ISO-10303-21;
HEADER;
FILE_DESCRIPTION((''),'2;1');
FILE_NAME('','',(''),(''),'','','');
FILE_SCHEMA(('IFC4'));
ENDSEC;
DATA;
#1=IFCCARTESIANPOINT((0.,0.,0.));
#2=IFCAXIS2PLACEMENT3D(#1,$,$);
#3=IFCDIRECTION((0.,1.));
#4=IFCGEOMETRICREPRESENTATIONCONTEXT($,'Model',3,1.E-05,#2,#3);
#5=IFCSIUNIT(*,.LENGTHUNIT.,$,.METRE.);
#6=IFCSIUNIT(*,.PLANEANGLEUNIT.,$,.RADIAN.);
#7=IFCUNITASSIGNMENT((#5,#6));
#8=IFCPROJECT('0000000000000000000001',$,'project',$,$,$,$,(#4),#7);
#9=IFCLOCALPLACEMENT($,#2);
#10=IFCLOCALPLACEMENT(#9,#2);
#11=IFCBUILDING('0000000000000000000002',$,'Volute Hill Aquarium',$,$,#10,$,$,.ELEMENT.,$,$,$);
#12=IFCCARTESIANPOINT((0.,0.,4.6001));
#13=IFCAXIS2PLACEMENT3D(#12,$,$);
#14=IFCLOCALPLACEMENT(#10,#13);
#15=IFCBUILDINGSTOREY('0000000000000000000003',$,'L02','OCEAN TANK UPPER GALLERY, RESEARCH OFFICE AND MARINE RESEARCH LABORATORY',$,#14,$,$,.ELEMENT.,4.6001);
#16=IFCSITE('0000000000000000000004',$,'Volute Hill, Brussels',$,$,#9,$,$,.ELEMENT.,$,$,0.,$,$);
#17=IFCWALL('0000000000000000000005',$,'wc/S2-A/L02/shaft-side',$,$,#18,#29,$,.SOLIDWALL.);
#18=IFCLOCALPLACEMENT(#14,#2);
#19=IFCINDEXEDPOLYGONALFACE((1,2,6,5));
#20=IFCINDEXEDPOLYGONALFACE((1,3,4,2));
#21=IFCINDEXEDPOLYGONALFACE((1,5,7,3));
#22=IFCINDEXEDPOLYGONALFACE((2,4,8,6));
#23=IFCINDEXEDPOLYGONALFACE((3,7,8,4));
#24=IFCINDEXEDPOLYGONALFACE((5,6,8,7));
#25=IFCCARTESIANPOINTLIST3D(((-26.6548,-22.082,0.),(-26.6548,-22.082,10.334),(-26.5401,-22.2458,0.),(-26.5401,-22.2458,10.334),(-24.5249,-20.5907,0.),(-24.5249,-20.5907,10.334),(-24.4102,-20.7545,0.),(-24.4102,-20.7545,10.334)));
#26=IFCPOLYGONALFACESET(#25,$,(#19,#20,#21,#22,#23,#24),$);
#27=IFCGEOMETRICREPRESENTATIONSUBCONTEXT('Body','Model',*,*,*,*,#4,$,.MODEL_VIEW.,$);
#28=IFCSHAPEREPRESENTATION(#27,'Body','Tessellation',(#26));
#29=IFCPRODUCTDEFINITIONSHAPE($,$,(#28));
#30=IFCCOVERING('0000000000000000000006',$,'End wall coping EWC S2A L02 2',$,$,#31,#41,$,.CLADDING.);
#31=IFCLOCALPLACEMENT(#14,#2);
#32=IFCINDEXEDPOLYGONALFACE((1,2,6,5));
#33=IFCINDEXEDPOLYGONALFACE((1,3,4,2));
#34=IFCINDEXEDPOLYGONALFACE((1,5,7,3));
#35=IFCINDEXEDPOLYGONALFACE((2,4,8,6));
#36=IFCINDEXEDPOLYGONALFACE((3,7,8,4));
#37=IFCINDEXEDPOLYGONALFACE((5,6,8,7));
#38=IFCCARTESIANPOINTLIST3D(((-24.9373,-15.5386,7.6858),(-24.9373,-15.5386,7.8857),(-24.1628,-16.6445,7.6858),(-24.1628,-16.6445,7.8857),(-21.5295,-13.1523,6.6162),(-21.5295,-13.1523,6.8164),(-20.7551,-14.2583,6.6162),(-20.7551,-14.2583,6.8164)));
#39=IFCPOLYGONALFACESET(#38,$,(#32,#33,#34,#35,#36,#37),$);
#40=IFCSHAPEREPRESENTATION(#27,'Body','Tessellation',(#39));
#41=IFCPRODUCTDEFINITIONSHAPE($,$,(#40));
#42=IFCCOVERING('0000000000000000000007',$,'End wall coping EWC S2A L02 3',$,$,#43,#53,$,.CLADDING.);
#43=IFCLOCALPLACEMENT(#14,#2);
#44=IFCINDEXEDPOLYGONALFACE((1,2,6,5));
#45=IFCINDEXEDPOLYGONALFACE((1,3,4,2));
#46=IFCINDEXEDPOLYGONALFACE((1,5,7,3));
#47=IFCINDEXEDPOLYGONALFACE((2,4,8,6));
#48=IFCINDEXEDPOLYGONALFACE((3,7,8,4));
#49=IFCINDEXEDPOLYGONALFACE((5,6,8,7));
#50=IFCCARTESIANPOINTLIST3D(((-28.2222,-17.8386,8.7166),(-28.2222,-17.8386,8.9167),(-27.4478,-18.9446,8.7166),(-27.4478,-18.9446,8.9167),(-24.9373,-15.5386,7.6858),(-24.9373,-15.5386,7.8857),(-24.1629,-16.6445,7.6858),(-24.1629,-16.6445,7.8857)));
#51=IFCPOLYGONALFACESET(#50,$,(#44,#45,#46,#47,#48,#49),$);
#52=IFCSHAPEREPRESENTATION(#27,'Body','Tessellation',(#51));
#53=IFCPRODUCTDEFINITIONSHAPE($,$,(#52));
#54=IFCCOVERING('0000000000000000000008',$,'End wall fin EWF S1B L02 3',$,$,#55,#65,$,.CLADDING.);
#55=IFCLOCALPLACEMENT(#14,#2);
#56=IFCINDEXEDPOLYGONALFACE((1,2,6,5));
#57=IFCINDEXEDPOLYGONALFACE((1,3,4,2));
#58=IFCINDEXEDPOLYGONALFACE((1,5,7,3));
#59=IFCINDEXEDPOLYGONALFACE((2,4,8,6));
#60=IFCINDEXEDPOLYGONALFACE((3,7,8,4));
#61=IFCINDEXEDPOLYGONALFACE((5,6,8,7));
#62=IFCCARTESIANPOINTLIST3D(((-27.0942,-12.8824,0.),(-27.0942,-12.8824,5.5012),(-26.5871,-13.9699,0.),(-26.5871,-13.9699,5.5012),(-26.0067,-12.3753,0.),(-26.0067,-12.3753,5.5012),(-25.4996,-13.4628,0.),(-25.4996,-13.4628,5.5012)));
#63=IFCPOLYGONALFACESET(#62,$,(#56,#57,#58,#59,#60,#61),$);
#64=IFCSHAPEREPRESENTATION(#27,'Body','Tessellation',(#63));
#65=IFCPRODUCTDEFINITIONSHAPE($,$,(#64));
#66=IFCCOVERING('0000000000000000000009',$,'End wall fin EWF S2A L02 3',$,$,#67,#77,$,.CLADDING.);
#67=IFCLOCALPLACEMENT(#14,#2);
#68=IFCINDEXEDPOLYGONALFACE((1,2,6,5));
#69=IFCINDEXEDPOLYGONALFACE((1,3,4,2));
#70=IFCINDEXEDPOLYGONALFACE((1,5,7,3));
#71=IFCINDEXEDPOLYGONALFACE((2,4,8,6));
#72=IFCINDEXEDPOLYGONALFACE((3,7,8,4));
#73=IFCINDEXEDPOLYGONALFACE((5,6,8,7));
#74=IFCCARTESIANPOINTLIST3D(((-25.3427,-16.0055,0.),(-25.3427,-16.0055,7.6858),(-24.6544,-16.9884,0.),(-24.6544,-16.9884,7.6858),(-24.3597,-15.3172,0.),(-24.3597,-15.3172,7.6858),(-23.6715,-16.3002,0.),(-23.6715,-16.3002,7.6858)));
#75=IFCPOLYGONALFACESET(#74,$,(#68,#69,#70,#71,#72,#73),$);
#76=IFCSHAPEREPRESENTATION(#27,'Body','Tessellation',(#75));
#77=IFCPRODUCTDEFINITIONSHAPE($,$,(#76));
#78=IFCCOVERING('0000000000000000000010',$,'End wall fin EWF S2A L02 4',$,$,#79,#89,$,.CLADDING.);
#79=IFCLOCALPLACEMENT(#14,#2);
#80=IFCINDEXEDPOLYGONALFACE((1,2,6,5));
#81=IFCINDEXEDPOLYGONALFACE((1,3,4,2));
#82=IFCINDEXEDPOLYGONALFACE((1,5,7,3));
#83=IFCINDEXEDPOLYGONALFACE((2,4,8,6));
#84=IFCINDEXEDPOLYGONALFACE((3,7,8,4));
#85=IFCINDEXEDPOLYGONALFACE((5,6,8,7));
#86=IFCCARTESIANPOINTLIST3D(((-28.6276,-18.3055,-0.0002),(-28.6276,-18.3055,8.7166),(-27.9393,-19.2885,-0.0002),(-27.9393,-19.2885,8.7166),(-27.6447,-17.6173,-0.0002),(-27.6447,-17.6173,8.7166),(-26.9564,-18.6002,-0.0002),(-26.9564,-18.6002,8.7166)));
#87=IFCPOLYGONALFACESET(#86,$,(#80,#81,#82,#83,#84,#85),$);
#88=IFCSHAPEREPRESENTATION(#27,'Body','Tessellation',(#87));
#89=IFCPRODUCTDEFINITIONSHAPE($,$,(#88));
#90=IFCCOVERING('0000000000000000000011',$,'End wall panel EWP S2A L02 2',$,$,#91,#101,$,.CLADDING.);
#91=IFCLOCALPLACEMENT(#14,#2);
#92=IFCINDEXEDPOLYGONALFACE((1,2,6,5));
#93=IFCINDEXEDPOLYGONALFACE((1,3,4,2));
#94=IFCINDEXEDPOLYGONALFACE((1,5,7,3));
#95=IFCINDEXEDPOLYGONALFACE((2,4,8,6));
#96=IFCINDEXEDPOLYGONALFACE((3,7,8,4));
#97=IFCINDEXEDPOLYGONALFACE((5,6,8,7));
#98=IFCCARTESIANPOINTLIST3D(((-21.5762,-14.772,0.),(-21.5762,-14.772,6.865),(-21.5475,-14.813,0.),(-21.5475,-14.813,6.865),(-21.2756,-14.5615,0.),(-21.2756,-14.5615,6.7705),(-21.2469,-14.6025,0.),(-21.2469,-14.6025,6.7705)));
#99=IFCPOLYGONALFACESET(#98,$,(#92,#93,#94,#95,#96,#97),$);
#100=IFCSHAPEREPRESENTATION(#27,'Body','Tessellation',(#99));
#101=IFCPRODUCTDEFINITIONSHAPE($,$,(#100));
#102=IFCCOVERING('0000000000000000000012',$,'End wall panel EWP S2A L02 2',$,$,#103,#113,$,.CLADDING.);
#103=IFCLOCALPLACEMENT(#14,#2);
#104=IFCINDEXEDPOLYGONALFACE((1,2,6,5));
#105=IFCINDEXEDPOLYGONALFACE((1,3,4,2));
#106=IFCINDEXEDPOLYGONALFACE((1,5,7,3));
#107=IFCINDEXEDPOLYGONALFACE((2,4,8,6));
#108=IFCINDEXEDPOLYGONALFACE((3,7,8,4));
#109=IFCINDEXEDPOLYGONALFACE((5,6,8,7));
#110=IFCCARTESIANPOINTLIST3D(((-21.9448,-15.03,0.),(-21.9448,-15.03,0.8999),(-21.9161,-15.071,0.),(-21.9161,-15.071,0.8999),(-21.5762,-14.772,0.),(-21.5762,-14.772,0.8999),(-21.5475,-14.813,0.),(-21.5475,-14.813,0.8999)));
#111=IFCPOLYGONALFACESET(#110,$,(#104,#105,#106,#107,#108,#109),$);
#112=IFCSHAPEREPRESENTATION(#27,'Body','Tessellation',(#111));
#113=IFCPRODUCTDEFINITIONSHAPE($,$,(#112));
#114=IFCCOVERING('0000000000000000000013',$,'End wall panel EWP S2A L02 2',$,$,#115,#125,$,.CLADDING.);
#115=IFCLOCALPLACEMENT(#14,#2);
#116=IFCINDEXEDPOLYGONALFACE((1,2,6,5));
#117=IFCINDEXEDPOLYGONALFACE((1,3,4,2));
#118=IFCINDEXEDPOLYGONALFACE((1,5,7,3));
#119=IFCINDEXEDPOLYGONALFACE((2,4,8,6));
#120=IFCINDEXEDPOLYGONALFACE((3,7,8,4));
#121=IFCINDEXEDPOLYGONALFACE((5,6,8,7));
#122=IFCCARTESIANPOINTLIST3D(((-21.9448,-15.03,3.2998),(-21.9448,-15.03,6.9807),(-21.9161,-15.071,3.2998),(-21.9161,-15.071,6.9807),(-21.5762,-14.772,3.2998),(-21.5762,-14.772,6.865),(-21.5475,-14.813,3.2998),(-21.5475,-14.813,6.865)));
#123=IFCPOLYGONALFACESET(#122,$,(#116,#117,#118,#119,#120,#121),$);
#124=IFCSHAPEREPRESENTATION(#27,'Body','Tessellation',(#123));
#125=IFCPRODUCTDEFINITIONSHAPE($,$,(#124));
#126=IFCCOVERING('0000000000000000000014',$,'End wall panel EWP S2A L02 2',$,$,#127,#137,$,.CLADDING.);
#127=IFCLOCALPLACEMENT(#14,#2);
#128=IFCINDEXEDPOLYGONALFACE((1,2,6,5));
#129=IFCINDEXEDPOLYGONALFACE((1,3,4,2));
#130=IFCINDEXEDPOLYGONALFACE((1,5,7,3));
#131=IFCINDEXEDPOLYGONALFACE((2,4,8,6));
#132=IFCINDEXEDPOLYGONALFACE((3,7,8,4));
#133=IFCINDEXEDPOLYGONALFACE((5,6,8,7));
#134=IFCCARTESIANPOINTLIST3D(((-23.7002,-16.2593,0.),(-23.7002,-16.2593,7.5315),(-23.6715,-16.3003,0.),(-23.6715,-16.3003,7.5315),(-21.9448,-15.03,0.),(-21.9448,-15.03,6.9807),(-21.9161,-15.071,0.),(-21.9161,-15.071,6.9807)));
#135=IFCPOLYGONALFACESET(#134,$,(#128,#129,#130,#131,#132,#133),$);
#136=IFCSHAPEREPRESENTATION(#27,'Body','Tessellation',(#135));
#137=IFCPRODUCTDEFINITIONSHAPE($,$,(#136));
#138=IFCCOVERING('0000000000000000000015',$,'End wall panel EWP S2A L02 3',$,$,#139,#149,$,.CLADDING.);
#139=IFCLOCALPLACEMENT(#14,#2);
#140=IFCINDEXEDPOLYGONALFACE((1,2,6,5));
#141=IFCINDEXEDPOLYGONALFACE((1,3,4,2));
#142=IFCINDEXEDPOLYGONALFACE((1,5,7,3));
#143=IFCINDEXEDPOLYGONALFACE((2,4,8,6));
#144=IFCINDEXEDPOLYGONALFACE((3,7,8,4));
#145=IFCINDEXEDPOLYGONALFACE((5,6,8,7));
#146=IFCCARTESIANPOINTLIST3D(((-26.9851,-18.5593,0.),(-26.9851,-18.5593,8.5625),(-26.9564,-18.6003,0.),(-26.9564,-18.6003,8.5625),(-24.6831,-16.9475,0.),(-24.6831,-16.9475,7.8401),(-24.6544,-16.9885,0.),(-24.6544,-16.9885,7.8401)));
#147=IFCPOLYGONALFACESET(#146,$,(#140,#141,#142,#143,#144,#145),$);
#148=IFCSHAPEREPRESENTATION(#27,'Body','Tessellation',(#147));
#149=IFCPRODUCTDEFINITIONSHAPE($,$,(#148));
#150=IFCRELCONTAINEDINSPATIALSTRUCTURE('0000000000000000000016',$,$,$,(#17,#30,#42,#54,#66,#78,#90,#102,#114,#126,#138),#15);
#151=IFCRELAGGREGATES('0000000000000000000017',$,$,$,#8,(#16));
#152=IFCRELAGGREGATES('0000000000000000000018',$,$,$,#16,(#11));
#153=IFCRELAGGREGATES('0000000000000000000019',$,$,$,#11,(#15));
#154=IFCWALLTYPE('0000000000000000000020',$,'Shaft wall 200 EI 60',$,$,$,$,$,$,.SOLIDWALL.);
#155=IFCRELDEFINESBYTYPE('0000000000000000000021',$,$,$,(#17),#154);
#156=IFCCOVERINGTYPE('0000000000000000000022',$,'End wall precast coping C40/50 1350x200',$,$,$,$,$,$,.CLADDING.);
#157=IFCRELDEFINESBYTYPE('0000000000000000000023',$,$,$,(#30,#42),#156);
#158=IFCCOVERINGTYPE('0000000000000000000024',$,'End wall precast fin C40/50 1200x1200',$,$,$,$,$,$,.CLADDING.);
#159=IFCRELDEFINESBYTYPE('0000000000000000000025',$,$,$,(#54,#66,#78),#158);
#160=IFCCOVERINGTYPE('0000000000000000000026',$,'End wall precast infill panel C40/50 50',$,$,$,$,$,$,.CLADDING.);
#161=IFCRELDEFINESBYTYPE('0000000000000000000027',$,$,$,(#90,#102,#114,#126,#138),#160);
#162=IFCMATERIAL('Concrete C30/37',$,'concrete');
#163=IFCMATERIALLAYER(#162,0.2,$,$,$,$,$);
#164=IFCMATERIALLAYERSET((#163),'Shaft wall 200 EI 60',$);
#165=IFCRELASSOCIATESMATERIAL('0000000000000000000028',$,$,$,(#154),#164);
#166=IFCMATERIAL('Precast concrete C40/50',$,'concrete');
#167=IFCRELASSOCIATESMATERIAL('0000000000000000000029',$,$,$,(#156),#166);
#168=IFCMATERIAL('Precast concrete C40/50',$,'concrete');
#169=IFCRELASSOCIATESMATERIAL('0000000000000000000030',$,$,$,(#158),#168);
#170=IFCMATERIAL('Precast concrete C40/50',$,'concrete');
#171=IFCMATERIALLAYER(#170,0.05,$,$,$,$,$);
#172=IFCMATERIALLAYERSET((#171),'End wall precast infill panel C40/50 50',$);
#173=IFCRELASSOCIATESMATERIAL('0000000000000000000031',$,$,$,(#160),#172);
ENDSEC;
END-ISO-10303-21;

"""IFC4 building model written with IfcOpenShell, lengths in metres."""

from ifc_helpers import new_model, si_unit, direction, frame, frame_2d, origin, origin_2d, place, context, subcontext, project, spatial, polyline, rectangle, outline, extrude, material, layer, layer_set, type_object, element, save


model = new_model("IFC4")

# Units and contexts
model_context = context("Model", 3, precision=1e-05, world=origin(), true_north=direction((0.0, 1.0)))
body_context = subcontext(model_context, "Body", "Model", "MODEL_VIEW")
ifc_project = project(units=[si_unit("LENGTHUNIT", "METRE"), si_unit("PLANEANGLEUNIT", "RADIAN")], contexts=[model_context])

# Site, building, storey
site_placement = place(None, origin())
site = spatial("IfcSite", under=ifc_project, at=site_placement, Name="Volute Hill, Brussels", CompositionType="ELEMENT", RefElevation=0.0)
building_placement = place(site_placement, origin())
building = spatial("IfcBuilding", under=site, at=building_placement, Name="Volute Hill Aquarium", CompositionType="ELEMENT")
storey_placement = place(building_placement, frame((0.0, 0.0, 4.6001)))
storey = spatial("IfcBuildingStorey", under=building, at=storey_placement, Name="L02", Description="OCEAN TANK UPPER GALLERY, RESEARCH OFFICE AND MARINE RESEARCH LABORATORY", CompositionType="ELEMENT", Elevation=4.6001)

# Shared definitions
ifc_material_1 = material(Name="Concrete C30/37", Category="concrete")
ifc_layer_1 = layer(ifc_material_1, 0.2)
ifc_layer_set_1 = layer_set([ifc_layer_1], Name="Shaft wall 200 EI 60")
wall_type_1 = type_object("IfcWallType", Name="Shaft wall 200 EI 60", PredefinedType="SOLIDWALL", material=ifc_layer_set_1)

# Wall
wall_1_placement = place(storey_placement, frame((-24.4675, -20.6726, 0.0), z_axis=(0.0, 0.0, 1.0), x_axis=(-0.819179, -0.573538, 0.0)))
element("IfcWall", 1, at=wall_1_placement, inside=storey, type_object=wall_type_1, Name="wc/S2-A/L02/shaft-side", PredefinedType="SOLIDWALL", context=body_context, shape_type="SweptSolid", body=[
    extrude(rectangle(XDim=2.6001, YDim=0.2, at=frame_2d((1.3, 0.0))), origin(), (0.0, 0.0, 1.0), 10.334),
])

# Coverings
ifc_material_2 = material(Name="Precast concrete C40/50", Category="concrete")
covering_type_1 = type_object("IfcCoveringType", Name="End wall precast coping C40/50 1350x200", PredefinedType="CLADDING", material=ifc_material_2)
covering_1_placement = place(storey_placement, frame((-21.5295, -13.1523, 6.6162), z_axis=(-0.573596, 0.819138, 0.0), x_axis=(-0.793337, -0.555529, 0.249005)))
element("IfcCovering", 2, at=covering_1_placement, inside=storey, type_object=covering_type_1, Name="End wall coping EWC S2A L02 2", PredefinedType="CLADDING", context=body_context, shape_type="SweptSolid", body=[
    extrude(outline(polyline([(0.0, 0.0), (4.2954, 0.0), (4.3452, 0.1937), (0.0498, 0.1939), (0.0, 0.0)])), origin(), (0.0, 0.0, -1.0), 1.3501),
])
covering_2_placement = place(storey_placement, frame((-24.9373, -15.5386, 7.6858), z_axis=(-0.573564, 0.81916, 0.0), x_axis=(-0.79337, -0.555507, 0.248949)))
element("IfcCovering", 3, at=covering_2_placement, inside=storey, type_object=covering_type_1, Name="End wall coping EWC S2A L02 3", PredefinedType="CLADDING", context=body_context, shape_type="SweptSolid", body=[
    extrude(outline(polyline([(0.0, 0.0), (4.1405, 0.0), (4.1903, 0.1939), (0.0498, 0.1937), (0.0, 0.0)])), origin(), (0.0, 0.0, -1.0), 1.3501),
])
ifc_material_3 = material(Name="Precast concrete C40/50", Category="concrete")
covering_type_2 = type_object("IfcCoveringType", Name="End wall precast fin C40/50 1200x1200", PredefinedType="CLADDING", material=ifc_material_3)
covering_3_placement = place(storey_placement, frame((-26.2969, -13.1726, 0.0), z_axis=(0.0, 0.0, 1.0), x_axis=(-0.906308, -0.422618, 0.0)))
element("IfcCovering", 4, at=covering_3_placement, inside=storey, type_object=covering_type_2, Name="End wall fin EWF S1B L02 3", PredefinedType="CLADDING", context=body_context, shape_type="SweptSolid", body=[
    extrude(rectangle(XDim=1.2, YDim=1.2, at=origin_2d()), origin(), (0.0, 0.0, 1.0), 5.5012),
])
covering_4_placement = place(storey_placement, frame((-24.5071, -16.1528, 0.0), z_axis=(0.0, 0.0, 1.0), x_axis=(-0.819154, -0.573574, 0.0)))
element("IfcCovering", 5, at=covering_4_placement, inside=storey, type_object=covering_type_2, Name="End wall fin EWF S2A L02 3", PredefinedType="CLADDING", context=body_context, shape_type="SweptSolid", body=[
    extrude(rectangle(XDim=1.2, YDim=1.2, at=origin_2d()), origin(), (0.0, 0.0, 1.0), 7.6858),
])
covering_5_placement = place(storey_placement, frame((-27.792, -18.4529, -0.0002), z_axis=(0.0, 0.0, 1.0), x_axis=(-0.819154, -0.573574, 0.0)))
element("IfcCovering", 6, at=covering_5_placement, inside=storey, type_object=covering_type_2, Name="End wall fin EWF S2A L02 4", PredefinedType="CLADDING", context=body_context, shape_type="SweptSolid", body=[
    extrude(rectangle(XDim=1.2, YDim=1.2, at=origin_2d()), origin(), (0.0, 0.0, 1.0), 8.7168),
])
ifc_material_4 = material(Name="Precast concrete C40/50", Category="concrete")
ifc_layer_2 = layer(ifc_material_4, 0.05)
ifc_layer_set_2 = layer_set([ifc_layer_2], Name="End wall precast infill panel C40/50 50")
covering_type_3 = type_object("IfcCoveringType", Name="End wall precast infill panel C40/50 50", PredefinedType="CLADDING", material=ifc_layer_set_2)
covering_6_placement = place(storey_placement, frame((-21.2756, -14.5615, 0.0), z_axis=(-0.573596, 0.819138, 0.0), x_axis=(-0.819138, -0.573596, 0.0)))
element("IfcCovering", 7, at=covering_6_placement, inside=storey, type_object=covering_type_3, Name="End wall panel EWP S2A L02 2", PredefinedType="CLADDING", context=body_context, shape_type="SweptSolid", body=[
    extrude(outline(polyline([(0.0, 0.0), (0.3669, 0.0), (0.3669, 6.865), (0.0, 6.7705), (0.0, 0.0)])), origin(), (0.0, 0.0, -1.0), 0.05),
])
covering_7_placement = place(storey_placement, frame((-21.5762, -14.772, 0.0), z_axis=(-0.573462, 0.819232, 0.0), x_axis=(-0.819232, -0.573462, 0.0)))
element("IfcCovering", 8, at=covering_7_placement, inside=storey, type_object=covering_type_3, Name="End wall panel EWP S2A L02 2", PredefinedType="CLADDING", context=body_context, shape_type="SweptSolid", body=[
    extrude(outline(polyline([(0.0, 0.0), (0.45, 0.0), (0.45, 0.8999), (0.0, 0.8999), (0.0, 0.0)])), origin(), (0.0, 0.0, -1.0), 0.05),
])
covering_8_placement = place(storey_placement, frame((-21.5762, -14.772, 3.2998), z_axis=(-0.573462, 0.819232, 0.0), x_axis=(-0.819232, -0.573462, 0.0)))
element("IfcCovering", 9, at=covering_8_placement, inside=storey, type_object=covering_type_3, Name="End wall panel EWP S2A L02 2", PredefinedType="CLADDING", context=body_context, shape_type="SweptSolid", body=[
    extrude(outline(polyline([(0.0, 0.0), (0.45, 0.0), (0.45, 3.6809), (0.0, 3.5652), (0.0, 0.0)])), origin(), (0.0, 0.0, -1.0), 0.05),
])
covering_9_placement = place(storey_placement, frame((-21.9448, -15.03, 0.0), z_axis=(-0.573615, 0.819125, 0.0), x_axis=(-0.819125, -0.573615, 0.0)))
element("IfcCovering", 10, at=covering_9_placement, inside=storey, type_object=covering_type_3, Name="End wall panel EWP S2A L02 2", PredefinedType="CLADDING", context=body_context, shape_type="SweptSolid", body=[
    extrude(outline(polyline([(0.0, 0.0), (2.143, 0.0), (2.143, 7.5315), (0.0, 6.9807), (0.0, 0.0)])), origin(), (0.0, 0.0, -1.0), 0.05),
])
covering_10_placement = place(storey_placement, frame((-24.6831, -16.9475, 0.0), z_axis=(-0.573561, 0.819163, 0.0), x_axis=(-0.819163, -0.573561, 0.0)))
element("IfcCovering", 11, at=covering_10_placement, inside=storey, type_object=covering_type_3, Name="End wall panel EWP S2A L02 3", PredefinedType="CLADDING", context=body_context, shape_type="SweptSolid", body=[
    extrude(outline(polyline([(0.0, 0.0), (2.8102, 0.0), (2.8102, 8.5625), (0.0, 7.8401), (0.0, 0.0)])), origin(), (0.0, 0.0, -1.0), 0.05),
])

save(model, "model.ifc")
